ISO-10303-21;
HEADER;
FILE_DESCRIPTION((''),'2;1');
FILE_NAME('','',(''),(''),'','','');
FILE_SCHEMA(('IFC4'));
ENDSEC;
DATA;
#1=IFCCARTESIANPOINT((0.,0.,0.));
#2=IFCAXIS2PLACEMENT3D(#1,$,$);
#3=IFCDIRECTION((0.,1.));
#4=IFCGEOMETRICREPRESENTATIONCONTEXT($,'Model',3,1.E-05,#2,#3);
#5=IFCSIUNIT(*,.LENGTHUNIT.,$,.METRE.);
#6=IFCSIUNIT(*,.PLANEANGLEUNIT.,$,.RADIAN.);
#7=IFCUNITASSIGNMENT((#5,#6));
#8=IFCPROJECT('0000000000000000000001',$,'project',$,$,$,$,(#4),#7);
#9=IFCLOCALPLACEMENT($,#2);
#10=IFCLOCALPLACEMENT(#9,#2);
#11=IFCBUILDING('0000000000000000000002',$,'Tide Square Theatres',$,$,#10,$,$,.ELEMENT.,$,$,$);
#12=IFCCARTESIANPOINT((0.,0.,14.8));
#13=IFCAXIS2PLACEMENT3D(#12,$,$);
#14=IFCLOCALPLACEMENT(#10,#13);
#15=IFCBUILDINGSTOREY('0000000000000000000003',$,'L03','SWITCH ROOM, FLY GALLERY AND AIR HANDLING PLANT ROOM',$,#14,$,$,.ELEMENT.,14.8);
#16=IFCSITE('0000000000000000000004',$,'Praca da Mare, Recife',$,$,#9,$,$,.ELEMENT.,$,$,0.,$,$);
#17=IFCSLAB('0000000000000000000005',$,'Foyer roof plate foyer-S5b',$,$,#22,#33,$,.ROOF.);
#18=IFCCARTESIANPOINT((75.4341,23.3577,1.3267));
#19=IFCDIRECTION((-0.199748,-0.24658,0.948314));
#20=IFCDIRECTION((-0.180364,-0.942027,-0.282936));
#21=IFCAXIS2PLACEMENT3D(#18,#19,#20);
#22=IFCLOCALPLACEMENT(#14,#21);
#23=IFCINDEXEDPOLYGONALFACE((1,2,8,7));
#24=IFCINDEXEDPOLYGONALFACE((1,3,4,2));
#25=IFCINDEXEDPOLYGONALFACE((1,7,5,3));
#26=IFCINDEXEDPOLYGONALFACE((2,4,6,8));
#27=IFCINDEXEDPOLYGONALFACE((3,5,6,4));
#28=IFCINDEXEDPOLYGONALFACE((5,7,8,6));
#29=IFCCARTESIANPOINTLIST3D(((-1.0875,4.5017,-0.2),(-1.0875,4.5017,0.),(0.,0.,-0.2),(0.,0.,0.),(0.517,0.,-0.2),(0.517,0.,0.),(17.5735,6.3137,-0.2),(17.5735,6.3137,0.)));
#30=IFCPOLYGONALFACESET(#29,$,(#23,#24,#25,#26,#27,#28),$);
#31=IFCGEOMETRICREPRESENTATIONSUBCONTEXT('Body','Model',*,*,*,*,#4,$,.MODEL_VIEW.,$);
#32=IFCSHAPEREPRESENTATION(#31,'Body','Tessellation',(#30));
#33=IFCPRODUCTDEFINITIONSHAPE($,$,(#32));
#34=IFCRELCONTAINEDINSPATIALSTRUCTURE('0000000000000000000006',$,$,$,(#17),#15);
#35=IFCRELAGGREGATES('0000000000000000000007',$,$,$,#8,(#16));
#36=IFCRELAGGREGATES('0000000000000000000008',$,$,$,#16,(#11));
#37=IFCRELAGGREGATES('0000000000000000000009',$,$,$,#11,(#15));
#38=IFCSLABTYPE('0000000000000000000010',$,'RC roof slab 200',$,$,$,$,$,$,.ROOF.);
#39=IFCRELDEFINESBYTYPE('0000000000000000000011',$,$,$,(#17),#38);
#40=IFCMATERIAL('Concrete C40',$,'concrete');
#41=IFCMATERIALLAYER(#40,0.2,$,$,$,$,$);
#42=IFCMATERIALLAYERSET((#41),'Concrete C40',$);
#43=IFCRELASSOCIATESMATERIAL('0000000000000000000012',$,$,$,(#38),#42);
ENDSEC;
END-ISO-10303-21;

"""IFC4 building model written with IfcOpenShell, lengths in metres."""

from ifc_helpers import new_model, si_unit, direction, frame, origin, place, context, subcontext, project, spatial, polyline, outline, extrude, material, layer, layer_set, type_object, element, save


model = new_model("IFC4")

# Units and contexts
model_context = context("Model", 3, precision=1e-05, world=origin(), true_north=direction((0.0, 1.0)))
body_context = subcontext(model_context, "Body", "Model", "MODEL_VIEW")
ifc_project = project(units=[si_unit("LENGTHUNIT", "METRE"), si_unit("PLANEANGLEUNIT", "RADIAN")], contexts=[model_context])

# Site, building, storey
site_placement = place(None, origin())
site = spatial("IfcSite", under=ifc_project, at=site_placement, Name="Praca da Mare, Recife", CompositionType="ELEMENT", RefElevation=0.0)
building_placement = place(site_placement, origin())
building = spatial("IfcBuilding", under=site, at=building_placement, Name="Tide Square Theatres", CompositionType="ELEMENT")
storey_placement = place(building_placement, frame((0.0, 0.0, 14.8)))
storey = spatial("IfcBuildingStorey", under=building, at=storey_placement, Name="L03", Description="SWITCH ROOM, FLY GALLERY AND AIR HANDLING PLANT ROOM", CompositionType="ELEMENT", Elevation=14.8)

# Slab
ifc_material_1 = material(Name="Concrete C40", Category="concrete")
ifc_layer_1 = layer(ifc_material_1, 0.2)
ifc_layer_set_1 = layer_set([ifc_layer_1], Name="Concrete C40")
slab_type = type_object("IfcSlabType", Name="RC roof slab 200", PredefinedType="ROOF", material=ifc_layer_set_1)
slab_placement = place(storey_placement, frame((75.4341, 23.3577, 1.3267), z_axis=(-0.199748, -0.24658, 0.948314), x_axis=(-0.180364, -0.942027, -0.282936)))
element("IfcSlab", 1, at=slab_placement, inside=storey, type_object=slab_type, Name="Foyer roof plate foyer-S5b", PredefinedType="ROOF", context=body_context, shape_type="SweptSolid", body=[
    extrude(outline(polyline([(0.0, 0.0), (0.517, 0.0), (17.5735, 6.3137), (-1.0875, 4.5017), (0.0, 0.0)])), origin(), (0.0, 0.0, -1.0), 0.2),
])

save(model, "model.ifc")
